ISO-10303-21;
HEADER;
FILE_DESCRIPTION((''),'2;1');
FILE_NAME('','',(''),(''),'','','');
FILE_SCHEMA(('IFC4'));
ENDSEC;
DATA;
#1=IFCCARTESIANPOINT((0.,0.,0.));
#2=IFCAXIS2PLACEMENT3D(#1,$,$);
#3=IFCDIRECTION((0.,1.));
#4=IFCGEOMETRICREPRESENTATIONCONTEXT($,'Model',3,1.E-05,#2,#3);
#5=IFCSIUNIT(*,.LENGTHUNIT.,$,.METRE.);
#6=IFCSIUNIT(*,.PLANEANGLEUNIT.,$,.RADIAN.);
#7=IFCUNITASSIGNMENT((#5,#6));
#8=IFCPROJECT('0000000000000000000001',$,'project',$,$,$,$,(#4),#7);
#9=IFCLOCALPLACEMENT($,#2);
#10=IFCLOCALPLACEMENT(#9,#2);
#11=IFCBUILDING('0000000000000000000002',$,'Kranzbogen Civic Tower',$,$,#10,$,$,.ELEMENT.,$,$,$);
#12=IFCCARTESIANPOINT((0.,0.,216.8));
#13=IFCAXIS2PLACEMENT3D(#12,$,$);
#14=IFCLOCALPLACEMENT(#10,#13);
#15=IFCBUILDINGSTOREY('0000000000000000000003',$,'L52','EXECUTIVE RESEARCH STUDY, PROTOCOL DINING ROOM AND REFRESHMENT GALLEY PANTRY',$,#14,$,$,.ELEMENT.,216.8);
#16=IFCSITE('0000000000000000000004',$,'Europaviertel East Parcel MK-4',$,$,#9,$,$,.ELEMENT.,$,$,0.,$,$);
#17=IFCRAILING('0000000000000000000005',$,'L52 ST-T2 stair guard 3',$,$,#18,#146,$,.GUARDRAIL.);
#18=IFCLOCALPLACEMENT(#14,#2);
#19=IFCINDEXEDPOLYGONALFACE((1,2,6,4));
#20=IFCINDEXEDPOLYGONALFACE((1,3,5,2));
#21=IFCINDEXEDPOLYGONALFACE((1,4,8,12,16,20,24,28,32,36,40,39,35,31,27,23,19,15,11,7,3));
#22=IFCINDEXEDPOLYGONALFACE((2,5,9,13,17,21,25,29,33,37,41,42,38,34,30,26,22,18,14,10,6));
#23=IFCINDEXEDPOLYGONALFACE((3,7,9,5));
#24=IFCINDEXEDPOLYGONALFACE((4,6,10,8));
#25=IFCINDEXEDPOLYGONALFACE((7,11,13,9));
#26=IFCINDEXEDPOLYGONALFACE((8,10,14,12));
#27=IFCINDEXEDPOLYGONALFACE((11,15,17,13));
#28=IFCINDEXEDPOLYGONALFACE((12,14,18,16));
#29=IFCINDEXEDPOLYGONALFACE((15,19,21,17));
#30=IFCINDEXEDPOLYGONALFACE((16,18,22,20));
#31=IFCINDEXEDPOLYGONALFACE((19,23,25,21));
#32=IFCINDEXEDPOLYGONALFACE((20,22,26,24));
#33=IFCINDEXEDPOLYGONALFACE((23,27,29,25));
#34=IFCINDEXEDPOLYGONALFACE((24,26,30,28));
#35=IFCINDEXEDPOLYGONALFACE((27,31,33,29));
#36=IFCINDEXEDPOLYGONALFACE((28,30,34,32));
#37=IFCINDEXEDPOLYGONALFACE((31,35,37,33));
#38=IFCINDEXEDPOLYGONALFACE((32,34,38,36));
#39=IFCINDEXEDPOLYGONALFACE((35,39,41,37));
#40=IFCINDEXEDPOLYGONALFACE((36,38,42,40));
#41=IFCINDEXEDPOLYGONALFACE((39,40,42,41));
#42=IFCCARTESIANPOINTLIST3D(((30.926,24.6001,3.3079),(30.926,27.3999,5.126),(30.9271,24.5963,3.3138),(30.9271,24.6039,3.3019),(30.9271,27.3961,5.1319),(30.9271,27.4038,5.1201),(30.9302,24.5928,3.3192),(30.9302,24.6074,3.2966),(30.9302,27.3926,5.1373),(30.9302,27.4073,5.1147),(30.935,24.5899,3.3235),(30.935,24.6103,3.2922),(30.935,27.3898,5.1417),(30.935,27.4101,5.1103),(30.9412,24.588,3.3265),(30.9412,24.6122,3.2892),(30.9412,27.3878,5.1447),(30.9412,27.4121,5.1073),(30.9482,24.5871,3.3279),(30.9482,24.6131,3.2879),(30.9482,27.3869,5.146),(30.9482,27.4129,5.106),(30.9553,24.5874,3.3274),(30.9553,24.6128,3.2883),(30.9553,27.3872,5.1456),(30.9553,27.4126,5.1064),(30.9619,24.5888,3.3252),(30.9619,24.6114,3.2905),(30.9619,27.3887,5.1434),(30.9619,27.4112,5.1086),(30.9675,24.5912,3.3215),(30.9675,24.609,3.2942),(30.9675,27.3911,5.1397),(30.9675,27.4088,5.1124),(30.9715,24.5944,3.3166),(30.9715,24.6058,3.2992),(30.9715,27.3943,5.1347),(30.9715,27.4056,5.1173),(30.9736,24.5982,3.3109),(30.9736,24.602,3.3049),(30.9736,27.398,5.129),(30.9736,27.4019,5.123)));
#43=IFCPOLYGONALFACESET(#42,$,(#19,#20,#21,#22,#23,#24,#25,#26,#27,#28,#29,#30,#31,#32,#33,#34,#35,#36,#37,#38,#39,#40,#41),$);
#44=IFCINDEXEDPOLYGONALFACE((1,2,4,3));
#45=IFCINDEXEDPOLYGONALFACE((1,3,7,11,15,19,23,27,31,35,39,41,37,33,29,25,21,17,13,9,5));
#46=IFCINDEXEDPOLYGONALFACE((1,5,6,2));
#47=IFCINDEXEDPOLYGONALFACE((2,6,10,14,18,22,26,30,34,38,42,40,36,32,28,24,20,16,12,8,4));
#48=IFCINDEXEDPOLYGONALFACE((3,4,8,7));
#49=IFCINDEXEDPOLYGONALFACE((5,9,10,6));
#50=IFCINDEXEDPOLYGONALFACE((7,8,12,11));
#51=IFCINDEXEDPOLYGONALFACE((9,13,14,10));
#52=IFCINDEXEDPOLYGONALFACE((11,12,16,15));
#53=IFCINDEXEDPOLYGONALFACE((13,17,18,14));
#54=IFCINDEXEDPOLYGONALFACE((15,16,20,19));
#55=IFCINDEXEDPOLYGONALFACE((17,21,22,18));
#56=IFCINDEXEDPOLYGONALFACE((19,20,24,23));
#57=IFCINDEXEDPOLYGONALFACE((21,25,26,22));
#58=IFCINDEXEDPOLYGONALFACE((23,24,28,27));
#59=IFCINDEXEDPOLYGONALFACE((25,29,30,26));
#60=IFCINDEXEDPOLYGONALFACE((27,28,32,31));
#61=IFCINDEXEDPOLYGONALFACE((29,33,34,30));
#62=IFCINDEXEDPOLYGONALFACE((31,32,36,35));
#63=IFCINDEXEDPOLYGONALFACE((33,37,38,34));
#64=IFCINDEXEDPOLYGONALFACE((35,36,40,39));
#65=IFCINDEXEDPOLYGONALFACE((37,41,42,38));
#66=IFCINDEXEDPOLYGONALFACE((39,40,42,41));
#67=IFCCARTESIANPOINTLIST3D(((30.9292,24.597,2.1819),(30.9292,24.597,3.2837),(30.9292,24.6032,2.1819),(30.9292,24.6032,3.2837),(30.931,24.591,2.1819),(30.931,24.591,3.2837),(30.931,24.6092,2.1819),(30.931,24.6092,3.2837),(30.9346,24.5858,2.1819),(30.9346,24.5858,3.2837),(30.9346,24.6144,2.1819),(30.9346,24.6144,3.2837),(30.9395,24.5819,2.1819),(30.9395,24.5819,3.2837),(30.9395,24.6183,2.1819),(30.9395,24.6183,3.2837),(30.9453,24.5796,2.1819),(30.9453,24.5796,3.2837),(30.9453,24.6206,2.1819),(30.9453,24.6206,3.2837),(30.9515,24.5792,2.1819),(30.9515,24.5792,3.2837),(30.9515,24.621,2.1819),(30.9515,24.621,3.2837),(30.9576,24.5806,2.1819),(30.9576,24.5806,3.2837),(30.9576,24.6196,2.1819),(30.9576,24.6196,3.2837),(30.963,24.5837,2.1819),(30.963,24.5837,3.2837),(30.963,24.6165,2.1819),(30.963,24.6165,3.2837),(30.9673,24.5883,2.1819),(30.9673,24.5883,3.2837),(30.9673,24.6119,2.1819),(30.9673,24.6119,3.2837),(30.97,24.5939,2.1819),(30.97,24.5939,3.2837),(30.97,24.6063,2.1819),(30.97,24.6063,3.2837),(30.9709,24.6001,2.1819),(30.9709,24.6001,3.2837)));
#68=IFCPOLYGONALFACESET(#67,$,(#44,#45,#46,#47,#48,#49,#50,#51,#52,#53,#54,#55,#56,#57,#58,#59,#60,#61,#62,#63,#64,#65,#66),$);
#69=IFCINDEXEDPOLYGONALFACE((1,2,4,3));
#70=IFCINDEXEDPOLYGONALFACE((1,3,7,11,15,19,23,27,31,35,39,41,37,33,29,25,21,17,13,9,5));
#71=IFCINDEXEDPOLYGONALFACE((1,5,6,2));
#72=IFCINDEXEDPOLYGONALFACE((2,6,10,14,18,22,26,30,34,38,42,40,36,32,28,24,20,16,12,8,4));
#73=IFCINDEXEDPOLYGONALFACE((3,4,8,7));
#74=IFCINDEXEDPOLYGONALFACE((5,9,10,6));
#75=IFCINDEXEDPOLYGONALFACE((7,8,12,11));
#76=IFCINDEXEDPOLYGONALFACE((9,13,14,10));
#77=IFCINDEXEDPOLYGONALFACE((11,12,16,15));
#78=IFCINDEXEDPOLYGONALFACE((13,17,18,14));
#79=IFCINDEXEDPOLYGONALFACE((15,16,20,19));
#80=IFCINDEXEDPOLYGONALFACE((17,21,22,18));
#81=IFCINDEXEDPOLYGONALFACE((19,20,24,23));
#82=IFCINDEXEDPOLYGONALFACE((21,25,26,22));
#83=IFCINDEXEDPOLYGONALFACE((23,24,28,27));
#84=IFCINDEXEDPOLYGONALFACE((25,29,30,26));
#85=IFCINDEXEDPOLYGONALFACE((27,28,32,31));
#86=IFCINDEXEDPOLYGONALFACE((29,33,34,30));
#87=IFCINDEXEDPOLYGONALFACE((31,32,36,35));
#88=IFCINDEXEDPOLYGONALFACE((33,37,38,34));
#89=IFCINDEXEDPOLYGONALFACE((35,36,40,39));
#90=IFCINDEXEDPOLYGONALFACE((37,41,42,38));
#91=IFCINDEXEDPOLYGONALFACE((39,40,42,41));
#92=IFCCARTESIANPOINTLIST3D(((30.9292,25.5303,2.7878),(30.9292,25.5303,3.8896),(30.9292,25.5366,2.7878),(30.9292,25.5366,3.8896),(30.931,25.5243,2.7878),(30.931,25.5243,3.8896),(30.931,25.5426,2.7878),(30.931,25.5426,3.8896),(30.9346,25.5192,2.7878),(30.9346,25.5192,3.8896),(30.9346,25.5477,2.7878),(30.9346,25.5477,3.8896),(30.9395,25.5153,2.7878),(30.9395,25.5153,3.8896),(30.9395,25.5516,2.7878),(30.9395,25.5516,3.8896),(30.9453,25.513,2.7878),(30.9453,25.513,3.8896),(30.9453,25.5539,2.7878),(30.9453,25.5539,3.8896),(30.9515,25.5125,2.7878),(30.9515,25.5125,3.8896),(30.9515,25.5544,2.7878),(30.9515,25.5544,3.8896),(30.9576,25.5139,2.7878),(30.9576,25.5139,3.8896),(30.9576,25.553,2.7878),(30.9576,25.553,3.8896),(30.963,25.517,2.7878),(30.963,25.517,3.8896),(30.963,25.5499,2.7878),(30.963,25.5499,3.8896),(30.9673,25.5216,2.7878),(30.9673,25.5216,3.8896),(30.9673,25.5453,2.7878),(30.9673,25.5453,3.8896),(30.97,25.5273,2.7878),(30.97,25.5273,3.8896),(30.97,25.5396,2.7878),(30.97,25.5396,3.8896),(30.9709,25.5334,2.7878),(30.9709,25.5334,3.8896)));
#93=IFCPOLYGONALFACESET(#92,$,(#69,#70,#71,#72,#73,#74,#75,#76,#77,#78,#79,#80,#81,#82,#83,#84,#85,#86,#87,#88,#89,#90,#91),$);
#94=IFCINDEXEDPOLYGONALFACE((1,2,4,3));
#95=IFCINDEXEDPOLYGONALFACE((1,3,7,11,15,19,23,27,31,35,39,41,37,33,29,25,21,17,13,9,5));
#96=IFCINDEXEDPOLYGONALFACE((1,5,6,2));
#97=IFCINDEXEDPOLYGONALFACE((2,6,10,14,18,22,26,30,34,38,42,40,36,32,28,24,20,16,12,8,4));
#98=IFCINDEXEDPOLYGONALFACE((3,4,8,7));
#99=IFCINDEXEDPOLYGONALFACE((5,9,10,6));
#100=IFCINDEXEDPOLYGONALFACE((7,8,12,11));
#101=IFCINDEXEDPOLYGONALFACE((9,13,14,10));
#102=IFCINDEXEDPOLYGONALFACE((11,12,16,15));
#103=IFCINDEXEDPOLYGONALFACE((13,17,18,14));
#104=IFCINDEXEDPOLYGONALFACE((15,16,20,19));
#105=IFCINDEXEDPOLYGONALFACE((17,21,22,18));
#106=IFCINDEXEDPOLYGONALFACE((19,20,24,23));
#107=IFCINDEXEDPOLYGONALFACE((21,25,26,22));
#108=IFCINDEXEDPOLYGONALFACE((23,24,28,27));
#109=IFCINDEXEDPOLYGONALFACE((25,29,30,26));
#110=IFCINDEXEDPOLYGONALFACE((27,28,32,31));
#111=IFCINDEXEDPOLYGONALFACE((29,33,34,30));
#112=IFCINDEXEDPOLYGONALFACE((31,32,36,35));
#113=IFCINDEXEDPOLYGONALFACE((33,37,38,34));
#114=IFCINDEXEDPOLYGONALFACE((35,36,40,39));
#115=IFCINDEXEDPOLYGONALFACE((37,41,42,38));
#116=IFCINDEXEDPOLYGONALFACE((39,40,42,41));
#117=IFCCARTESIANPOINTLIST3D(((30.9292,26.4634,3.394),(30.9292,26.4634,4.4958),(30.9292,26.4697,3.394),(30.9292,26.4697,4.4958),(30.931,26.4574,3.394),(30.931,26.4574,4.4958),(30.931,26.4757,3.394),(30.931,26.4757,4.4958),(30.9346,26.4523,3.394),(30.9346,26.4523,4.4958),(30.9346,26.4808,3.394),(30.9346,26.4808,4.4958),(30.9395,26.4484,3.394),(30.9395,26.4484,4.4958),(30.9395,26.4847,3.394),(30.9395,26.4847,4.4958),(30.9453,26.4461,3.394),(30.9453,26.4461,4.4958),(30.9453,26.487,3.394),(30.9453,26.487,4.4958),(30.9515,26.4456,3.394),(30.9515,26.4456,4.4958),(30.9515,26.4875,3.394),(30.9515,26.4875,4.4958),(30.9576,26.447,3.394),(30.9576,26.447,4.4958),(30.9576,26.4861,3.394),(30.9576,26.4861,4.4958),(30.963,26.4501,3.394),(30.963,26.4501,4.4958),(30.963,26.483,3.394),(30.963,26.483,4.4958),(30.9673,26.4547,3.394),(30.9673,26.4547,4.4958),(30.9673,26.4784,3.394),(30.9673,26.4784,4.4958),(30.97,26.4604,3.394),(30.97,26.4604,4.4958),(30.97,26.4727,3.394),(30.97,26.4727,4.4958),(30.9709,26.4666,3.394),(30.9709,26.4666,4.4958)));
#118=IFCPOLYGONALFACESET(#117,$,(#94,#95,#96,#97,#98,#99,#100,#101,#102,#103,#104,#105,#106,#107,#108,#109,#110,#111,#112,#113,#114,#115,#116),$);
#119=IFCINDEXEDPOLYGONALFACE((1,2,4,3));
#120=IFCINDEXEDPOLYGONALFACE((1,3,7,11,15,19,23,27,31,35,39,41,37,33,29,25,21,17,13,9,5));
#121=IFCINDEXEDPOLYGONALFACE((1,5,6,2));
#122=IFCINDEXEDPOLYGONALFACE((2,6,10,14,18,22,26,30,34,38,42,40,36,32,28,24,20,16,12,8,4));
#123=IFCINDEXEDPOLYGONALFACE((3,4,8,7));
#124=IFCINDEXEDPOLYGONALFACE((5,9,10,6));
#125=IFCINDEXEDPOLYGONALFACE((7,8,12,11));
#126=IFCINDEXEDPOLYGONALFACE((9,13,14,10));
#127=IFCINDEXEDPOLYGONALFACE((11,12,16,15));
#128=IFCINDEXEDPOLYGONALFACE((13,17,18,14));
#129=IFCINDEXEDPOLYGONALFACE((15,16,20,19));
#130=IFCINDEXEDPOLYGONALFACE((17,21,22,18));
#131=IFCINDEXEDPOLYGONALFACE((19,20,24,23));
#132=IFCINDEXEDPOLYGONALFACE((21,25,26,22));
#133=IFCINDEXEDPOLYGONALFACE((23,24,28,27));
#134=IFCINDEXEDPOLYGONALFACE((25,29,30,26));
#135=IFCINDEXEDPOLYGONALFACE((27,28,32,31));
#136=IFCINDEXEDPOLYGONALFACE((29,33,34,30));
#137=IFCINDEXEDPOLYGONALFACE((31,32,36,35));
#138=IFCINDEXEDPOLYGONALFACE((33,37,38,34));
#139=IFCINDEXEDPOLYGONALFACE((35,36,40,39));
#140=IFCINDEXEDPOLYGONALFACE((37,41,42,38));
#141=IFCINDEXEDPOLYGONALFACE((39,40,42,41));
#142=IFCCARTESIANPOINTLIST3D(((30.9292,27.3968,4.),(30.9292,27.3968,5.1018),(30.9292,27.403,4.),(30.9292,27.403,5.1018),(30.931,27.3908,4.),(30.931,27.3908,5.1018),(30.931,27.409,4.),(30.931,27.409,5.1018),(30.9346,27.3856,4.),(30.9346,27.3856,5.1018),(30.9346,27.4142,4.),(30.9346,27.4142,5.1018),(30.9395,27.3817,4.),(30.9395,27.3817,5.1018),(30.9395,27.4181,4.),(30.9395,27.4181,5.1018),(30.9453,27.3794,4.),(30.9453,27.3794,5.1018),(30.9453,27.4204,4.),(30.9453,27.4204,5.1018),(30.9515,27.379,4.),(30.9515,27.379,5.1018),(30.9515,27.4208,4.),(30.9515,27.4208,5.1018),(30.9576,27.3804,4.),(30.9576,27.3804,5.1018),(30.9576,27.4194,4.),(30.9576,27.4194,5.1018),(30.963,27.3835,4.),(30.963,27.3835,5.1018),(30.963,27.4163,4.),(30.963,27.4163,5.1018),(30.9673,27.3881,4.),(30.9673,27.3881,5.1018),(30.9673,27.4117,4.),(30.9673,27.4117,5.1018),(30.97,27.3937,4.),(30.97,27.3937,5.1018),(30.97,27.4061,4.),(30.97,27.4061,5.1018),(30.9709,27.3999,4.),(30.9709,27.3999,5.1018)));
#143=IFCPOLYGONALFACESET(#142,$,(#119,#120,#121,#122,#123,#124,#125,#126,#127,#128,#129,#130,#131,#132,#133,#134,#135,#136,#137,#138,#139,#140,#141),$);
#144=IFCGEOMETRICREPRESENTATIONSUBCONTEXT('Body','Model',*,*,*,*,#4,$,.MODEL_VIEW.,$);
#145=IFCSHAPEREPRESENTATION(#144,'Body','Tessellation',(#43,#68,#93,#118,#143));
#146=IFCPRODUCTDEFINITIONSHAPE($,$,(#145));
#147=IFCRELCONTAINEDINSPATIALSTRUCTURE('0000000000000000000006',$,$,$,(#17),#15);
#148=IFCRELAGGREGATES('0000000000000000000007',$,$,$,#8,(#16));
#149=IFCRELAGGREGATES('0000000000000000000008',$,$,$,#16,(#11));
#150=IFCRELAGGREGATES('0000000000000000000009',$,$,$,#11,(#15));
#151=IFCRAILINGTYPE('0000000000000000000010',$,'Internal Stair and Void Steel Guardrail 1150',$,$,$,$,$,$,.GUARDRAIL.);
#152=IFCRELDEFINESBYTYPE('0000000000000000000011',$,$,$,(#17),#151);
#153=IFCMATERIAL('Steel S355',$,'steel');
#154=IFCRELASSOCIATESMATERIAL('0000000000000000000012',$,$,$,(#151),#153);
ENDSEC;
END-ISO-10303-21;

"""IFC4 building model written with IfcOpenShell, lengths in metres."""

from ifc_helpers import new_model, si_unit, direction, frame, origin, origin_2d, place, context, subcontext, project, spatial, circle, extrude, material, type_object, element, save


model = new_model("IFC4")

# Units and contexts
model_context = context("Model", 3, precision=1e-05, world=origin(), true_north=direction((0.0, 1.0)))
body_context = subcontext(model_context, "Body", "Model", "MODEL_VIEW")
ifc_project = project(units=[si_unit("LENGTHUNIT", "METRE"), si_unit("PLANEANGLEUNIT", "RADIAN")], contexts=[model_context])

# Site, building, storey
site_placement = place(None, origin())
site = spatial("IfcSite", under=ifc_project, at=site_placement, Name="Europaviertel East Parcel MK-4", CompositionType="ELEMENT", RefElevation=0.0)
building_placement = place(site_placement, origin())
building = spatial("IfcBuilding", under=site, at=building_placement, Name="Kranzbogen Civic Tower", CompositionType="ELEMENT")
storey_placement = place(building_placement, frame((0.0, 0.0, 216.8)))
storey = spatial("IfcBuildingStorey", under=building, at=storey_placement, Name="L52", Description="EXECUTIVE RESEARCH STUDY, PROTOCOL DINING ROOM AND REFRESHMENT GALLEY PANTRY", CompositionType="ELEMENT", Elevation=216.8)

# Shared definitions
ifc_material_1 = material(Name="Steel S355", Category="steel")

# Railing
railing_type_1 = type_object("IfcRailingType", Name="Internal Stair and Void Steel Guardrail 1150", PredefinedType="GUARDRAIL", material=ifc_material_1)
railing_1_placement = place(storey_placement, frame((30.95, 24.6001, 2.1819)))
element("IfcRailing", 1, at=railing_1_placement, inside=storey, type_object=railing_type_1, Name="L52 ST-T2 stair guard 3", PredefinedType="GUARDRAIL", context=body_context, shape_type="SweptSolid", body=[
    extrude(circle(Radius=0.0239, at=origin_2d()), frame((0.0, 0.0, 1.126), z_axis=(0.0, 0.838684, 0.544618), x_axis=(-1.0, 0.0, 0.0)), (0.0, 0.0, 1.0), 3.3384),
    extrude(circle(Radius=0.021, at=origin_2d()), origin(), (0.0, 0.0, 1.0), 1.1018),
    extrude(circle(Radius=0.021, at=origin_2d()), frame((0.0, 0.9333, 0.606)), (0.0, 0.0, 1.0), 1.1018),
    extrude(circle(Radius=0.021, at=origin_2d()), frame((0.0, 1.8665, 1.2122)), (0.0, 0.0, 1.0), 1.1018),
    extrude(circle(Radius=0.021, at=origin_2d()), frame((0.0, 2.7998, 1.8181)), (0.0, 0.0, 1.0), 1.1018),
])

save(model, "model.ifc")
